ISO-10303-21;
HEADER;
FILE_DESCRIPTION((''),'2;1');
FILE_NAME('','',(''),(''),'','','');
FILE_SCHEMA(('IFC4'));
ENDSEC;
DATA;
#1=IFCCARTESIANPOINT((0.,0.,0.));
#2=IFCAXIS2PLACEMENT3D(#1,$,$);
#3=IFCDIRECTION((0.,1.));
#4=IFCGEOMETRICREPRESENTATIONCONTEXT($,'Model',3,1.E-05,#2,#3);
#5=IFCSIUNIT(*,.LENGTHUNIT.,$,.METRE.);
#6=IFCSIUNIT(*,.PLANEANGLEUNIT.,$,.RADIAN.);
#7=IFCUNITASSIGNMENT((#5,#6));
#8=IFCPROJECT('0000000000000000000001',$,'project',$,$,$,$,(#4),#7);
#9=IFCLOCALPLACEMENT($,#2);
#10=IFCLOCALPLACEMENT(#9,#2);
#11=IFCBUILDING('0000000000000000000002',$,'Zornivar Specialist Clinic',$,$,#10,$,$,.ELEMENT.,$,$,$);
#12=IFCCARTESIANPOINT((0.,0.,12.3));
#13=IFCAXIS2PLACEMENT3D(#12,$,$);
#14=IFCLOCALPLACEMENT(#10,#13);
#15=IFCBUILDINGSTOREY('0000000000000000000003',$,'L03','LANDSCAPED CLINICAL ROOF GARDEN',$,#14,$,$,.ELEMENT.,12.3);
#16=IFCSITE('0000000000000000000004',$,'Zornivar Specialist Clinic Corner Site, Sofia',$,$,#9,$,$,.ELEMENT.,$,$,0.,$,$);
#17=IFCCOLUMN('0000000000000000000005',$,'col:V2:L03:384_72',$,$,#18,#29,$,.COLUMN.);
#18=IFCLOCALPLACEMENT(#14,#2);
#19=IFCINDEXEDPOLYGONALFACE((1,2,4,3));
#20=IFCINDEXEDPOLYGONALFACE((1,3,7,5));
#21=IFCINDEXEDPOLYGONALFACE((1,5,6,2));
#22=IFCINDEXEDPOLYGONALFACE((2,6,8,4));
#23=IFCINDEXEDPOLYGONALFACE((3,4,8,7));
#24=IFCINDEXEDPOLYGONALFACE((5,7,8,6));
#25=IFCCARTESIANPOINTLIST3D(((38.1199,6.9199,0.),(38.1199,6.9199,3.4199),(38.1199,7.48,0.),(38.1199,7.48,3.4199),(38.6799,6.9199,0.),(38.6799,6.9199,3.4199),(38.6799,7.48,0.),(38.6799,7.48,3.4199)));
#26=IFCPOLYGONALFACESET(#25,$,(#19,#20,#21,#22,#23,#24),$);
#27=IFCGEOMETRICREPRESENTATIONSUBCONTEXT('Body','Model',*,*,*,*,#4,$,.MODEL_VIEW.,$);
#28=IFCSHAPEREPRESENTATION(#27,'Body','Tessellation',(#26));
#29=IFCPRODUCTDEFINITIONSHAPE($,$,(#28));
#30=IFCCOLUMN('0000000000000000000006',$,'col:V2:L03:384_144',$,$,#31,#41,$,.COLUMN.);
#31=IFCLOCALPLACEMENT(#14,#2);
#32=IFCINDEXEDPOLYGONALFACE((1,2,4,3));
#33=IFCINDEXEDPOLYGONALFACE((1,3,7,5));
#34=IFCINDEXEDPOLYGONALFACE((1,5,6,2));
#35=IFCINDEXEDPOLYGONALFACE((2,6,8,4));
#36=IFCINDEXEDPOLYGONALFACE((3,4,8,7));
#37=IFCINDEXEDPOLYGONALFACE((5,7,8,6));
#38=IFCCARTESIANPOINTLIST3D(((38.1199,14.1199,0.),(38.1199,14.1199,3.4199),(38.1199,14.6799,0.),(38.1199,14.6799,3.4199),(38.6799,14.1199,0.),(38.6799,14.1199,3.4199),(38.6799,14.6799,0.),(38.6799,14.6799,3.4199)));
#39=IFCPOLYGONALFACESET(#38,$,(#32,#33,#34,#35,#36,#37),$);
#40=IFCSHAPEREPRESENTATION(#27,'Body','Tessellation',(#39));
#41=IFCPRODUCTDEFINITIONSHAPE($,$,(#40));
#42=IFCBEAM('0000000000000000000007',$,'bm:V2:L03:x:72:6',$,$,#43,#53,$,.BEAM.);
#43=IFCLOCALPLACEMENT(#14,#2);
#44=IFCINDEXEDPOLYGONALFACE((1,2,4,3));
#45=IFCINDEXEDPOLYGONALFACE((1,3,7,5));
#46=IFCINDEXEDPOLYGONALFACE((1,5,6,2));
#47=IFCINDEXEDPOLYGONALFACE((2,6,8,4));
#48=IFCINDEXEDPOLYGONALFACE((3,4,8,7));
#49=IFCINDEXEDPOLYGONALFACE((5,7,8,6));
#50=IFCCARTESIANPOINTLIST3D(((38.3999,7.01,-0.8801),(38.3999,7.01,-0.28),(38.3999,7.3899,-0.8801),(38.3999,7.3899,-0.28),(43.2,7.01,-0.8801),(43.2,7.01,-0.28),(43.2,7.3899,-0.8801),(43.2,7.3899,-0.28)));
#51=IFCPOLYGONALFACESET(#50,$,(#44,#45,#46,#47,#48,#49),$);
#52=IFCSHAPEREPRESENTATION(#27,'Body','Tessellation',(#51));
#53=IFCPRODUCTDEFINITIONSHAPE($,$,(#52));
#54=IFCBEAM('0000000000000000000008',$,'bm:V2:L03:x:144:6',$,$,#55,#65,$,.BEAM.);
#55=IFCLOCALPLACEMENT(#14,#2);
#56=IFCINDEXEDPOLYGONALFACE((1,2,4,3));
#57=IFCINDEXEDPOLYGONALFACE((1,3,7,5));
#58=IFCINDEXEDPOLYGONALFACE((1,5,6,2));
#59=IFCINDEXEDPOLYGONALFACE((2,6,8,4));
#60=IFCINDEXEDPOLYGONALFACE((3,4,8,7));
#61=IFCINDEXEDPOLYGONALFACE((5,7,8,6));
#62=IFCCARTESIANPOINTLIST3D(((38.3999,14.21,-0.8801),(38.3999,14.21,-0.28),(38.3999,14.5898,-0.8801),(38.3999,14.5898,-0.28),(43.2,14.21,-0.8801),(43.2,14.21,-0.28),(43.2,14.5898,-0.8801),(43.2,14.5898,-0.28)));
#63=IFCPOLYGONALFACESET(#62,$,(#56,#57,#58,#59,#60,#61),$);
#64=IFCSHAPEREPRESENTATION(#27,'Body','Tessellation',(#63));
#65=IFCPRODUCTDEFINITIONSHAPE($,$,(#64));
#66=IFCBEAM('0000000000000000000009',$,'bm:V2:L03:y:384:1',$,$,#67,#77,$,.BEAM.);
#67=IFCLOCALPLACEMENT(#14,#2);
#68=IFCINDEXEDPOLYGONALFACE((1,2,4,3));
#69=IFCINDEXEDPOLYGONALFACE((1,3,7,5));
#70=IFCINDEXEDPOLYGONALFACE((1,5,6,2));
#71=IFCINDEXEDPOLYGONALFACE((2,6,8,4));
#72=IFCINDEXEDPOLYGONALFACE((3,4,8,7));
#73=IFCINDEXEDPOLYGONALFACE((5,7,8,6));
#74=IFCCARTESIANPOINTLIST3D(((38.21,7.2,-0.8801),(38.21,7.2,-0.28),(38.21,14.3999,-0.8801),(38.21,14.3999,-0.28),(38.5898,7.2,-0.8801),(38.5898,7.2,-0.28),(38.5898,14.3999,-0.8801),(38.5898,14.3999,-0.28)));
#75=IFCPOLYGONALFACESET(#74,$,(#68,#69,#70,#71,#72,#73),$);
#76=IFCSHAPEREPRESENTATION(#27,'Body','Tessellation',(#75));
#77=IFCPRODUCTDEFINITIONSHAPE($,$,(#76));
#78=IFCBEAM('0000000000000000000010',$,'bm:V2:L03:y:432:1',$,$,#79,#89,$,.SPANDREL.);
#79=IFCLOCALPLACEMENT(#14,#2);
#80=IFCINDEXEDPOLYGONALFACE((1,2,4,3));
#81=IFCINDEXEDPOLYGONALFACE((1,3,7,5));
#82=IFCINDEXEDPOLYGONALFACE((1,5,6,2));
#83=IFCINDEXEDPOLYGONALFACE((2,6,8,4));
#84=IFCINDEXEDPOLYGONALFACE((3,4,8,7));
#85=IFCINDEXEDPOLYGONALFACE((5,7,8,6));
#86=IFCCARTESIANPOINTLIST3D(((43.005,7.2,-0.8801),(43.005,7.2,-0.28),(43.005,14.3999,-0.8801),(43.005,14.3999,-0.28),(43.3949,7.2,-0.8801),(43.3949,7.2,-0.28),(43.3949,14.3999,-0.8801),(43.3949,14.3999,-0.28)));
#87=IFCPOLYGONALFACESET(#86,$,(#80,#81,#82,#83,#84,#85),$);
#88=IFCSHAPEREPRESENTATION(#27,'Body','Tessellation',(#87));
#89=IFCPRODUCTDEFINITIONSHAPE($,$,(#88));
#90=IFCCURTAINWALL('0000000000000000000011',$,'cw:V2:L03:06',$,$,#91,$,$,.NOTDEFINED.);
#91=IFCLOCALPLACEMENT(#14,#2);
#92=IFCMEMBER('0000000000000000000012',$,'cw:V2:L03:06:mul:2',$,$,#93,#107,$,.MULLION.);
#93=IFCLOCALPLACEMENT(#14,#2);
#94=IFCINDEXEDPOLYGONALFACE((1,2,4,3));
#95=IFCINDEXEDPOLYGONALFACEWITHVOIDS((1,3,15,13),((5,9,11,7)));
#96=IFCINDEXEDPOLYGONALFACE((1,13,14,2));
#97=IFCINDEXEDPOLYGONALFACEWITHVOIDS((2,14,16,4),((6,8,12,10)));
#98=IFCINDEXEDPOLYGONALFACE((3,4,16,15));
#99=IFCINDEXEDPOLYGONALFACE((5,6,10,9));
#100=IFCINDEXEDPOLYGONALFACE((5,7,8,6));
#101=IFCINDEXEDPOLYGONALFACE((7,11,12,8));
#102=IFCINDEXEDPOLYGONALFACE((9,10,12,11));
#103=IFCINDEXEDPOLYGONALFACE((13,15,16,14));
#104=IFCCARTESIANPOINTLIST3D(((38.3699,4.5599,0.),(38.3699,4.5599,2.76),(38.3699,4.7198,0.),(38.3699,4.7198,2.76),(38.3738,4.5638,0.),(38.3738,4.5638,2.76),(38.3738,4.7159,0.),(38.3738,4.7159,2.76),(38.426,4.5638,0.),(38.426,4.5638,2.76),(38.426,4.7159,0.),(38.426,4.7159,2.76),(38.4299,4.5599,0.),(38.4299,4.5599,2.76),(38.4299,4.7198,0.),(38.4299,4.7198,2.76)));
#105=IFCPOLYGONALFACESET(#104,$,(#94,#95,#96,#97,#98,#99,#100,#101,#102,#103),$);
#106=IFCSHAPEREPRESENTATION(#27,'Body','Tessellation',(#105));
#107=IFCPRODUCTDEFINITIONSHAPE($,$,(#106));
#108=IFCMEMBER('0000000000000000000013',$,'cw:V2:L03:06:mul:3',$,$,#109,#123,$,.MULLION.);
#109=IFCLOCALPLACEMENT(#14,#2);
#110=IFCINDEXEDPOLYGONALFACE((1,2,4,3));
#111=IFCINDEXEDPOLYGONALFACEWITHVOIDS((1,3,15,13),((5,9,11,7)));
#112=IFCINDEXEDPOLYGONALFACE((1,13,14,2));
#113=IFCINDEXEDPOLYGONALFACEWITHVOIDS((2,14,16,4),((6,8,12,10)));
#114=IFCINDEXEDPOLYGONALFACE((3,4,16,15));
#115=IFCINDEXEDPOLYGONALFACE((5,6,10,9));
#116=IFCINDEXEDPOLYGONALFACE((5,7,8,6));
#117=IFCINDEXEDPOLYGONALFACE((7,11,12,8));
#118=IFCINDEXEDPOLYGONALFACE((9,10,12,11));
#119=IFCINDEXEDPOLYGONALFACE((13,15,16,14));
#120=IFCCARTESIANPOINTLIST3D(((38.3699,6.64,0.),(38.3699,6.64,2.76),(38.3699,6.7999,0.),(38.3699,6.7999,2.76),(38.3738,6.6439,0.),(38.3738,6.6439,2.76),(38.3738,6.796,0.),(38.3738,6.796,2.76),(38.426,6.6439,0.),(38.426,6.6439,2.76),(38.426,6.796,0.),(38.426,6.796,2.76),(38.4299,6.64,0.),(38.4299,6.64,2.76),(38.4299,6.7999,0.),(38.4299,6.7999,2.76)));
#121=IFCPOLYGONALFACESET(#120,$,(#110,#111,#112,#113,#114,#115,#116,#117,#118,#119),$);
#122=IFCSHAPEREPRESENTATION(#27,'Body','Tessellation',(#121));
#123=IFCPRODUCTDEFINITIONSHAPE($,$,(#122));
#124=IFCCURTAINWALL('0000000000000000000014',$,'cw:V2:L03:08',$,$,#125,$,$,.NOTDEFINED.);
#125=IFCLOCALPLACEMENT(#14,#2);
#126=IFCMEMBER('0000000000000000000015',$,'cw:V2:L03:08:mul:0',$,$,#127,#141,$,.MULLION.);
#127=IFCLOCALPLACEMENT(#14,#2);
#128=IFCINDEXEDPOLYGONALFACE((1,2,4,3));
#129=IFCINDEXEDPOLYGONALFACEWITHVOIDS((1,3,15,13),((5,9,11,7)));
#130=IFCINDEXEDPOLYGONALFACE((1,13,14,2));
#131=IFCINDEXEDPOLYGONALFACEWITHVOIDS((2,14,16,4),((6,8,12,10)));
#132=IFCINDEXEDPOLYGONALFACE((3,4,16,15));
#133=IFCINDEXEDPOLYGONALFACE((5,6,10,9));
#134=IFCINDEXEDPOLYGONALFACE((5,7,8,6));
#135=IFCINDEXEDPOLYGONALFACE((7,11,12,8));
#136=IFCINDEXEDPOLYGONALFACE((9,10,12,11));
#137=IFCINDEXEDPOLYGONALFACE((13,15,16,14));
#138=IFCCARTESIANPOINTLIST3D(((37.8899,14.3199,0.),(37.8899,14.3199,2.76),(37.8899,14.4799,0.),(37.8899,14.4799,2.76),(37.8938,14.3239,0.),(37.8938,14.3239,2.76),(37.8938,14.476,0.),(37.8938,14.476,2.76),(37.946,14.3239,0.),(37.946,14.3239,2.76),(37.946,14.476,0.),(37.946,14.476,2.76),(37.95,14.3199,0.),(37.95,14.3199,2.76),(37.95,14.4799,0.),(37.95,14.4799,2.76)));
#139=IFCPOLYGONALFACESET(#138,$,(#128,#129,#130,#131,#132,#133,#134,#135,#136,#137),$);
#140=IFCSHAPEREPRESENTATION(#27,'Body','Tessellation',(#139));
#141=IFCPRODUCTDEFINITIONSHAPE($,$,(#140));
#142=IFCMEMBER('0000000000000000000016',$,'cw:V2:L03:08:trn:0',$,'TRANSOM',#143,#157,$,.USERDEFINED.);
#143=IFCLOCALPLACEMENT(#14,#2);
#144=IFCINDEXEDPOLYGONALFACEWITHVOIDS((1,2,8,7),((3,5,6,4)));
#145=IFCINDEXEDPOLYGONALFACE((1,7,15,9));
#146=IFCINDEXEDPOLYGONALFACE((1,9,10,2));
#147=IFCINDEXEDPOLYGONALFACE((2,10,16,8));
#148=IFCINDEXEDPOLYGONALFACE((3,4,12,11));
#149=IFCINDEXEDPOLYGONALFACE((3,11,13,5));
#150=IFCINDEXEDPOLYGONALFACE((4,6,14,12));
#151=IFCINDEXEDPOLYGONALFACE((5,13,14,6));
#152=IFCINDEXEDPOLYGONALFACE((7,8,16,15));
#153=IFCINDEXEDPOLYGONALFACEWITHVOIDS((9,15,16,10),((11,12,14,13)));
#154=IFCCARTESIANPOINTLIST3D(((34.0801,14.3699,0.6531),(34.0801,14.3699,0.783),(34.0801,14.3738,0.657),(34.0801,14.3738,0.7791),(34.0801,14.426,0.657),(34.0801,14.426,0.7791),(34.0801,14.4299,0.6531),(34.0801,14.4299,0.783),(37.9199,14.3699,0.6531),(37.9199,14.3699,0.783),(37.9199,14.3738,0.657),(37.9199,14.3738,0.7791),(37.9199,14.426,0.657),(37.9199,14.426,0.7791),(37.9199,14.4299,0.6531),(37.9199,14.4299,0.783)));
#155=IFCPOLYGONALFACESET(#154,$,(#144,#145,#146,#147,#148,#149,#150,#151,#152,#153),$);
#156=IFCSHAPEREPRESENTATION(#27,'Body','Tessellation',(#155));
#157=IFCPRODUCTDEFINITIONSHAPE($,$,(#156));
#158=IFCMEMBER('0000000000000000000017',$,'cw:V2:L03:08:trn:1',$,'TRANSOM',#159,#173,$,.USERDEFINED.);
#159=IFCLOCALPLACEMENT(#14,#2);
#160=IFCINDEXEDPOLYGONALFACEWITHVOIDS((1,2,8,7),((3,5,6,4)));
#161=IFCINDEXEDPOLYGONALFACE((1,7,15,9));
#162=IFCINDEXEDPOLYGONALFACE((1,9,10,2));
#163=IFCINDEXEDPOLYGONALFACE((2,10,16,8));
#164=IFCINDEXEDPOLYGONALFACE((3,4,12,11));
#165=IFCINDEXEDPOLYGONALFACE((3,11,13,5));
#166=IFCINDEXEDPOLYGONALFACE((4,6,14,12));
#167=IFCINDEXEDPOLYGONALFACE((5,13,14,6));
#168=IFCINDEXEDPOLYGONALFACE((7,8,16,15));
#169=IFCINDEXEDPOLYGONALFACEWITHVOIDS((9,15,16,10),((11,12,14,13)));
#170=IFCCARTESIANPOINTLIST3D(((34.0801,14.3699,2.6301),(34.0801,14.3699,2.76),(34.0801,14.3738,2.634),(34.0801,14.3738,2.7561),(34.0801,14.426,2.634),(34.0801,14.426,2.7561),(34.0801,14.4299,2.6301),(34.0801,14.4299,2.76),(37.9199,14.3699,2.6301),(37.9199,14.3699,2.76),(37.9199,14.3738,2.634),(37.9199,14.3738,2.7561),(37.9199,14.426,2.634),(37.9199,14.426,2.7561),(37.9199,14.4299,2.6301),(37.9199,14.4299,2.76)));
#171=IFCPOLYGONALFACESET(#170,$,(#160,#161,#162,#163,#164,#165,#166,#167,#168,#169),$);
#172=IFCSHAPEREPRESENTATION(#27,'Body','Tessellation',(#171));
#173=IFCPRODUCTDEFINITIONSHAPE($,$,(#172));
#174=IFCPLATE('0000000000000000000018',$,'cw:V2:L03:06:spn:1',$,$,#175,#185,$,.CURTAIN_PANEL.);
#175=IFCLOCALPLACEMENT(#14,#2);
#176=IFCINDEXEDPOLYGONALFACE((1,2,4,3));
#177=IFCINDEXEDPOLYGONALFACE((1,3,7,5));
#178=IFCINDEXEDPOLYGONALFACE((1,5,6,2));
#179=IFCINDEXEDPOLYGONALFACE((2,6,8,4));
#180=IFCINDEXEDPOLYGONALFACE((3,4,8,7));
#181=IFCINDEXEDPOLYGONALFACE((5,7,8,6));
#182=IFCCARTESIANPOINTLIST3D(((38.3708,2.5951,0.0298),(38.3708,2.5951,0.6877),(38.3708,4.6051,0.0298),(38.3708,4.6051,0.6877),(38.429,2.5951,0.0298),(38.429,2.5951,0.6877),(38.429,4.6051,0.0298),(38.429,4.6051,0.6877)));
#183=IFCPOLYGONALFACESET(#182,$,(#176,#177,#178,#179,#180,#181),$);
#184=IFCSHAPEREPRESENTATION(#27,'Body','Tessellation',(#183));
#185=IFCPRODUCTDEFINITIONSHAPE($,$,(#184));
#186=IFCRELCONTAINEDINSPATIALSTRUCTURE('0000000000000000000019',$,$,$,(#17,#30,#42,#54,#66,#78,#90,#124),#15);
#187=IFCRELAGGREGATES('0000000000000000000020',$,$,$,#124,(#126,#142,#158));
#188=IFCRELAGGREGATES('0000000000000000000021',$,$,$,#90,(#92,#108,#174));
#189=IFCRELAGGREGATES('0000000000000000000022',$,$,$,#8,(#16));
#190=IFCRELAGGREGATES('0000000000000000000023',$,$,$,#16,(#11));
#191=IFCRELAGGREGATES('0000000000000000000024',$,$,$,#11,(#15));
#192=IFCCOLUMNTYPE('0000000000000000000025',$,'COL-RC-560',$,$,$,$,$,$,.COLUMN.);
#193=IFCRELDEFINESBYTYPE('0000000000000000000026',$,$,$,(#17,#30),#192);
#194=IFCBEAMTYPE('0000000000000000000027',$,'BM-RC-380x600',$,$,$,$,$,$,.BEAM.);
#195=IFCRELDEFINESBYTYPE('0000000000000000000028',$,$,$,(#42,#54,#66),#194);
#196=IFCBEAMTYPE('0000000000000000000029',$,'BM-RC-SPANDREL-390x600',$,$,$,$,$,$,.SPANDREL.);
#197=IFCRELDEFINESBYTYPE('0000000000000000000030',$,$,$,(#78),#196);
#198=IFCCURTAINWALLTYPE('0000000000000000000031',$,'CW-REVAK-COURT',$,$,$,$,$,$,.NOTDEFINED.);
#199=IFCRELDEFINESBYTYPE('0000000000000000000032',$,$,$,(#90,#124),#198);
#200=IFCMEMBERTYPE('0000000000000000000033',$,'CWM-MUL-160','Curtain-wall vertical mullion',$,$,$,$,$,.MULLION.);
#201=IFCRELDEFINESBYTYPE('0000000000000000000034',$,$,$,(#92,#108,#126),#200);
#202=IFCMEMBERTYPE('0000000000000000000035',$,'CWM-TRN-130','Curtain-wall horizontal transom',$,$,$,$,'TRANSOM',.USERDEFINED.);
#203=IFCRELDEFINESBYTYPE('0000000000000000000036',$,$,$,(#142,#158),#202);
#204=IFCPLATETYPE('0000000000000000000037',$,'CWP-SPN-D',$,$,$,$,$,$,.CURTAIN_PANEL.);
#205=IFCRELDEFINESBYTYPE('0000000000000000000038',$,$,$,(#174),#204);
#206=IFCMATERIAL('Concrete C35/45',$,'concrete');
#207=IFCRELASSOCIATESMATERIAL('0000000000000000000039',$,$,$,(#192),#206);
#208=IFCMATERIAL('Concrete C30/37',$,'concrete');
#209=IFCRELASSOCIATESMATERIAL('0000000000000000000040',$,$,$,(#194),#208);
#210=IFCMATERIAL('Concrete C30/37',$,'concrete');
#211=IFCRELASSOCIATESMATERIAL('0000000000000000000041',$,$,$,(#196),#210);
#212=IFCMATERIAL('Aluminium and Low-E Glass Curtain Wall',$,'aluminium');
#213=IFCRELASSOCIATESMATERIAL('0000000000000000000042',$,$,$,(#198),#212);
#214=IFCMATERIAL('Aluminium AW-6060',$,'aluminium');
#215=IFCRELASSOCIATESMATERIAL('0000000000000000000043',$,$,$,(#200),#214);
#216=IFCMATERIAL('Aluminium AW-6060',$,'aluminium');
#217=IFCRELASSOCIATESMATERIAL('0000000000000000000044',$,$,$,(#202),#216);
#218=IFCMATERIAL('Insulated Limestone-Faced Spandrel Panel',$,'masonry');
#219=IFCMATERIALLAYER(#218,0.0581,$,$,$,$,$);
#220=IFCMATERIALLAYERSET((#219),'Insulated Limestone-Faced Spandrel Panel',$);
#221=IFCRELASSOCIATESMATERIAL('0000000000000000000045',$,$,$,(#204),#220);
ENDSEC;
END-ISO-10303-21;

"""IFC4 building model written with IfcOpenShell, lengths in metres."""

from ifc_helpers import new_model, si_unit, direction, frame, origin, origin_2d, place, context, subcontext, project, spatial, rectangle, hollow_rectangle, extrude, material, layer, layer_set, material_profile, profile_set, type_object, element, aggregate, save


model = new_model("IFC4")

# Units and contexts
model_context = context("Model", 3, precision=1e-05, world=origin(), true_north=direction((0.0, 1.0)))
body_context = subcontext(model_context, "Body", "Model", "MODEL_VIEW")
ifc_project = project(units=[si_unit("LENGTHUNIT", "METRE"), si_unit("PLANEANGLEUNIT", "RADIAN")], contexts=[model_context])

# Site, building, storey
site_placement = place(None, origin())
site = spatial("IfcSite", under=ifc_project, at=site_placement, Name="Zornivar Specialist Clinic Corner Site, Sofia", CompositionType="ELEMENT", RefElevation=0.0)
building_placement = place(site_placement, origin())
building = spatial("IfcBuilding", under=site, at=building_placement, Name="Zornivar Specialist Clinic", CompositionType="ELEMENT")
storey_placement = place(building_placement, frame((0.0, 0.0, 12.3)))
storey = spatial("IfcBuildingStorey", under=building, at=storey_placement, Name="L03", Description="LANDSCAPED CLINICAL ROOF GARDEN", CompositionType="ELEMENT", Elevation=12.3)

# Columns
ifc_material_1 = material(Name="Concrete C35/45", Category="concrete")
ifc_material_profile_1 = material_profile(ifc_material_1, rectangle(XDim=0.5601, YDim=0.5601, at=origin_2d()), Name="RC 560x560")
ifc_profile_set_1 = profile_set([ifc_material_profile_1], Name="Concrete C35/45")
column_type = type_object("IfcColumnType", Name="COL-RC-560", PredefinedType="COLUMN", material=ifc_profile_set_1)
for number, where, z_axis, x_axis, name in (
    (1, (38.3999, 7.2, 0.0), (0.0, 0.0, 1.0), (1.0, 0.0, 0.0), "col:V2:L03:384_72"),
    (2, (38.3999, 14.3999, 0.0), (0.0, 0.0, 1.0), (1.0, 0.0, 0.0), "col:V2:L03:384_144"),
):
    element("IfcColumn", number, at=place(storey_placement, frame(where, z_axis=z_axis, x_axis=x_axis)), inside=storey, type_object=column_type, Name=name, PredefinedType="COLUMN", context=body_context, shape_type="SweptSolid", body=[
        extrude(rectangle(XDim=0.5601, YDim=0.5601, at=origin_2d()), origin(), (0.0, 0.0, 1.0), 3.4199),
    ])

# Beams
ifc_material_2 = material(Name="Concrete C30/37", Category="concrete")
ifc_material_profile_2 = material_profile(ifc_material_2, rectangle(XDim=0.3799, YDim=0.6001, at=origin_2d()), Name="RC 380x600")
ifc_profile_set_2 = profile_set([ifc_material_profile_2], Name="Concrete C30/37")
beam_type_1 = type_object("IfcBeamType", Name="BM-RC-380x600", PredefinedType="BEAM", material=ifc_profile_set_2)
for number, where, z_axis, x_axis, name in (
    (3, (38.3999, 7.2, -0.5801), (1.0, 0.0, 0.0), (0.0, 1.0, 0.0), "bm:V2:L03:x:72:6"),
    (4, (38.3999, 14.3999, -0.5801), (1.0, 0.0, 0.0), (0.0, 1.0, 0.0), "bm:V2:L03:x:144:6"),
):
    element("IfcBeam", number, at=place(storey_placement, frame(where, z_axis=z_axis, x_axis=x_axis)), inside=storey, type_object=beam_type_1, Name=name, PredefinedType="BEAM", context=body_context, shape_type="SweptSolid", body=[
        extrude(rectangle(XDim=0.3799, YDim=0.6001, at=origin_2d()), origin(), (0.0, 0.0, 1.0), 4.8),
    ])
beam_1_placement = place(storey_placement, frame((38.3999, 7.2, -0.5801), z_axis=(0.0, 1.0, 0.0), x_axis=(-1.0, 0.0, 0.0)))
element("IfcBeam", 5, at=beam_1_placement, inside=storey, type_object=beam_type_1, Name="bm:V2:L03:y:384:1", PredefinedType="BEAM", context=body_context, shape_type="SweptSolid", body=[
    extrude(rectangle(XDim=0.3799, YDim=0.6001, at=origin_2d()), origin(), (0.0, 0.0, 1.0), 7.2),
])
ifc_material_3 = material(Name="Concrete C30/37", Category="concrete")
ifc_material_profile_3 = material_profile(ifc_material_3, rectangle(XDim=0.3899, YDim=0.6001, at=origin_2d()), Name="RC 390x600")
ifc_profile_set_3 = profile_set([ifc_material_profile_3], Name="Concrete C30/37")
beam_type_2 = type_object("IfcBeamType", Name="BM-RC-SPANDREL-390x600", PredefinedType="SPANDREL", material=ifc_profile_set_3)
beam_2_placement = place(storey_placement, frame((43.2, 7.2, -0.5801), z_axis=(0.0, 1.0, 0.0), x_axis=(-1.0, 0.0, 0.0)))
element("IfcBeam", 6, at=beam_2_placement, inside=storey, type_object=beam_type_2, Name="bm:V2:L03:y:432:1", PredefinedType="SPANDREL", context=body_context, shape_type="SweptSolid", body=[
    extrude(rectangle(XDim=0.3899, YDim=0.6001, at=origin_2d()), origin(), (0.0, 0.0, 1.0), 7.2),
])

# Curtain walls, members
ifc_material_4 = material(Name="Aluminium and Low-E Glass Curtain Wall", Category="aluminium")
curtain_wall_type = type_object("IfcCurtainWallType", Name="CW-REVAK-COURT", PredefinedType="NOTDEFINED", material=ifc_material_4)
curtain_wall_1_placement = place(storey_placement, origin())
curtain_wall_1 = element("IfcCurtainWall", 7, at=curtain_wall_1_placement, inside=storey, type_object=curtain_wall_type, Name="cw:V2:L03:06", PredefinedType="NOTDEFINED")
ifc_material_5 = material(Name="Aluminium AW-6060", Category="aluminium")
ifc_material_profile_4 = material_profile(ifc_material_5, hollow_rectangle(XDim=0.0601, YDim=0.1599, WallThickness=0.0039, at=origin_2d()), Name="ALU 60x160x4")
ifc_profile_set_4 = profile_set([ifc_material_profile_4], Name="Aluminium AW-6060")
member_type_1 = type_object("IfcMemberType", Name="CWM-MUL-160", Description="Curtain-wall vertical mullion", PredefinedType="MULLION", material=ifc_profile_set_4)
member_1_placement = place(storey_placement, frame((38.3999, 4.6399, 0.0), z_axis=(0.0, 0.0, 1.0), x_axis=(1.0, 0.0, 0.0)))
member_1 = element("IfcMember", 8, at=member_1_placement, type_object=member_type_1, Name="cw:V2:L03:06:mul:2", PredefinedType="MULLION", context=body_context, shape_type="SweptSolid", body=[
    extrude(hollow_rectangle(XDim=0.0601, YDim=0.1599, WallThickness=0.0039, at=origin_2d()), origin(), (0.0, 0.0, 1.0), 2.76),
])
member_2_placement = place(storey_placement, frame((38.3999, 6.72, 0.0), z_axis=(0.0, 0.0, 1.0), x_axis=(1.0, 0.0, 0.0)))
member_2 = element("IfcMember", 9, at=member_2_placement, type_object=member_type_1, Name="cw:V2:L03:06:mul:3", PredefinedType="MULLION", context=body_context, shape_type="SweptSolid", body=[
    extrude(hollow_rectangle(XDim=0.0601, YDim=0.1599, WallThickness=0.0039, at=origin_2d()), origin(), (0.0, 0.0, 1.0), 2.76),
])
curtain_wall_2_placement = place(storey_placement, origin())
curtain_wall_2 = element("IfcCurtainWall", 10, at=curtain_wall_2_placement, inside=storey, type_object=curtain_wall_type, Name="cw:V2:L03:08", PredefinedType="NOTDEFINED")
member_3_placement = place(storey_placement, frame((37.9199, 14.3999, 0.0), z_axis=(0.0, 0.0, 1.0), x_axis=(1.0, 0.0, 0.0)))
member_3 = element("IfcMember", 11, at=member_3_placement, type_object=member_type_1, Name="cw:V2:L03:08:mul:0", PredefinedType="MULLION", context=body_context, shape_type="SweptSolid", body=[
    extrude(hollow_rectangle(XDim=0.0601, YDim=0.1599, WallThickness=0.0039, at=origin_2d()), origin(), (0.0, 0.0, 1.0), 2.76),
])
ifc_material_6 = material(Name="Aluminium AW-6060", Category="aluminium")
ifc_material_profile_5 = material_profile(ifc_material_6, hollow_rectangle(XDim=0.0601, YDim=0.1299, WallThickness=0.0039, at=origin_2d()), Name="ALU 60x130x4")
ifc_profile_set_5 = profile_set([ifc_material_profile_5], Name="Aluminium AW-6060")
member_type_2 = type_object("IfcMemberType", Name="CWM-TRN-130", Description="Curtain-wall horizontal transom", ElementType="TRANSOM", PredefinedType="USERDEFINED", material=ifc_profile_set_5)
member_4_placement = place(storey_placement, frame((37.9199, 14.3999, 0.718), z_axis=(-1.0, 0.0, 0.0), x_axis=(0.0, -1.0, 0.0)))
member_4 = element("IfcMember", 12, at=member_4_placement, type_object=member_type_2, Name="cw:V2:L03:08:trn:0", ObjectType="TRANSOM", PredefinedType="USERDEFINED", context=body_context, shape_type="SweptSolid", body=[
    extrude(hollow_rectangle(XDim=0.0601, YDim=0.1299, WallThickness=0.0039, at=origin_2d()), origin(), (0.0, 0.0, 1.0), 3.8398),
])
member_5_placement = place(storey_placement, frame((37.9199, 14.3999, 2.6951), z_axis=(-1.0, 0.0, 0.0), x_axis=(0.0, -1.0, 0.0)))
member_5 = element("IfcMember", 13, at=member_5_placement, type_object=member_type_2, Name="cw:V2:L03:08:trn:1", ObjectType="TRANSOM", PredefinedType="USERDEFINED", context=body_context, shape_type="SweptSolid", body=[
    extrude(hollow_rectangle(XDim=0.0601, YDim=0.1299, WallThickness=0.0039, at=origin_2d()), origin(), (0.0, 0.0, 1.0), 3.8398),
])
aggregate(curtain_wall_2, [member_3, member_4, member_5])

# Plate
ifc_material_7 = material(Name="Insulated Limestone-Faced Spandrel Panel", Category="masonry")
ifc_layer_1 = layer(ifc_material_7, 0.0581)
ifc_layer_set_1 = layer_set([ifc_layer_1], Name="Insulated Limestone-Faced Spandrel Panel")
plate_type_1 = type_object("IfcPlateType", Name="CWP-SPN-D", PredefinedType="CURTAIN_PANEL", material=ifc_layer_set_1)
plate_1_placement = place(storey_placement, frame((38.3999, 3.6001, 0.0298), z_axis=(0.0, 0.0, 1.0), x_axis=(0.0, 1.0, 0.0)))
plate_1 = element("IfcPlate", 14, at=plate_1_placement, type_object=plate_type_1, Name="cw:V2:L03:06:spn:1", PredefinedType="CURTAIN_PANEL", context=body_context, shape_type="SweptSolid", body=[
    extrude(rectangle(XDim=2.01, YDim=0.0581, at=origin_2d()), origin(), (0.0, 0.0, 1.0), 0.658),
])
aggregate(curtain_wall_1, [member_1, member_2, plate_1])

save(model, "model.ifc")
